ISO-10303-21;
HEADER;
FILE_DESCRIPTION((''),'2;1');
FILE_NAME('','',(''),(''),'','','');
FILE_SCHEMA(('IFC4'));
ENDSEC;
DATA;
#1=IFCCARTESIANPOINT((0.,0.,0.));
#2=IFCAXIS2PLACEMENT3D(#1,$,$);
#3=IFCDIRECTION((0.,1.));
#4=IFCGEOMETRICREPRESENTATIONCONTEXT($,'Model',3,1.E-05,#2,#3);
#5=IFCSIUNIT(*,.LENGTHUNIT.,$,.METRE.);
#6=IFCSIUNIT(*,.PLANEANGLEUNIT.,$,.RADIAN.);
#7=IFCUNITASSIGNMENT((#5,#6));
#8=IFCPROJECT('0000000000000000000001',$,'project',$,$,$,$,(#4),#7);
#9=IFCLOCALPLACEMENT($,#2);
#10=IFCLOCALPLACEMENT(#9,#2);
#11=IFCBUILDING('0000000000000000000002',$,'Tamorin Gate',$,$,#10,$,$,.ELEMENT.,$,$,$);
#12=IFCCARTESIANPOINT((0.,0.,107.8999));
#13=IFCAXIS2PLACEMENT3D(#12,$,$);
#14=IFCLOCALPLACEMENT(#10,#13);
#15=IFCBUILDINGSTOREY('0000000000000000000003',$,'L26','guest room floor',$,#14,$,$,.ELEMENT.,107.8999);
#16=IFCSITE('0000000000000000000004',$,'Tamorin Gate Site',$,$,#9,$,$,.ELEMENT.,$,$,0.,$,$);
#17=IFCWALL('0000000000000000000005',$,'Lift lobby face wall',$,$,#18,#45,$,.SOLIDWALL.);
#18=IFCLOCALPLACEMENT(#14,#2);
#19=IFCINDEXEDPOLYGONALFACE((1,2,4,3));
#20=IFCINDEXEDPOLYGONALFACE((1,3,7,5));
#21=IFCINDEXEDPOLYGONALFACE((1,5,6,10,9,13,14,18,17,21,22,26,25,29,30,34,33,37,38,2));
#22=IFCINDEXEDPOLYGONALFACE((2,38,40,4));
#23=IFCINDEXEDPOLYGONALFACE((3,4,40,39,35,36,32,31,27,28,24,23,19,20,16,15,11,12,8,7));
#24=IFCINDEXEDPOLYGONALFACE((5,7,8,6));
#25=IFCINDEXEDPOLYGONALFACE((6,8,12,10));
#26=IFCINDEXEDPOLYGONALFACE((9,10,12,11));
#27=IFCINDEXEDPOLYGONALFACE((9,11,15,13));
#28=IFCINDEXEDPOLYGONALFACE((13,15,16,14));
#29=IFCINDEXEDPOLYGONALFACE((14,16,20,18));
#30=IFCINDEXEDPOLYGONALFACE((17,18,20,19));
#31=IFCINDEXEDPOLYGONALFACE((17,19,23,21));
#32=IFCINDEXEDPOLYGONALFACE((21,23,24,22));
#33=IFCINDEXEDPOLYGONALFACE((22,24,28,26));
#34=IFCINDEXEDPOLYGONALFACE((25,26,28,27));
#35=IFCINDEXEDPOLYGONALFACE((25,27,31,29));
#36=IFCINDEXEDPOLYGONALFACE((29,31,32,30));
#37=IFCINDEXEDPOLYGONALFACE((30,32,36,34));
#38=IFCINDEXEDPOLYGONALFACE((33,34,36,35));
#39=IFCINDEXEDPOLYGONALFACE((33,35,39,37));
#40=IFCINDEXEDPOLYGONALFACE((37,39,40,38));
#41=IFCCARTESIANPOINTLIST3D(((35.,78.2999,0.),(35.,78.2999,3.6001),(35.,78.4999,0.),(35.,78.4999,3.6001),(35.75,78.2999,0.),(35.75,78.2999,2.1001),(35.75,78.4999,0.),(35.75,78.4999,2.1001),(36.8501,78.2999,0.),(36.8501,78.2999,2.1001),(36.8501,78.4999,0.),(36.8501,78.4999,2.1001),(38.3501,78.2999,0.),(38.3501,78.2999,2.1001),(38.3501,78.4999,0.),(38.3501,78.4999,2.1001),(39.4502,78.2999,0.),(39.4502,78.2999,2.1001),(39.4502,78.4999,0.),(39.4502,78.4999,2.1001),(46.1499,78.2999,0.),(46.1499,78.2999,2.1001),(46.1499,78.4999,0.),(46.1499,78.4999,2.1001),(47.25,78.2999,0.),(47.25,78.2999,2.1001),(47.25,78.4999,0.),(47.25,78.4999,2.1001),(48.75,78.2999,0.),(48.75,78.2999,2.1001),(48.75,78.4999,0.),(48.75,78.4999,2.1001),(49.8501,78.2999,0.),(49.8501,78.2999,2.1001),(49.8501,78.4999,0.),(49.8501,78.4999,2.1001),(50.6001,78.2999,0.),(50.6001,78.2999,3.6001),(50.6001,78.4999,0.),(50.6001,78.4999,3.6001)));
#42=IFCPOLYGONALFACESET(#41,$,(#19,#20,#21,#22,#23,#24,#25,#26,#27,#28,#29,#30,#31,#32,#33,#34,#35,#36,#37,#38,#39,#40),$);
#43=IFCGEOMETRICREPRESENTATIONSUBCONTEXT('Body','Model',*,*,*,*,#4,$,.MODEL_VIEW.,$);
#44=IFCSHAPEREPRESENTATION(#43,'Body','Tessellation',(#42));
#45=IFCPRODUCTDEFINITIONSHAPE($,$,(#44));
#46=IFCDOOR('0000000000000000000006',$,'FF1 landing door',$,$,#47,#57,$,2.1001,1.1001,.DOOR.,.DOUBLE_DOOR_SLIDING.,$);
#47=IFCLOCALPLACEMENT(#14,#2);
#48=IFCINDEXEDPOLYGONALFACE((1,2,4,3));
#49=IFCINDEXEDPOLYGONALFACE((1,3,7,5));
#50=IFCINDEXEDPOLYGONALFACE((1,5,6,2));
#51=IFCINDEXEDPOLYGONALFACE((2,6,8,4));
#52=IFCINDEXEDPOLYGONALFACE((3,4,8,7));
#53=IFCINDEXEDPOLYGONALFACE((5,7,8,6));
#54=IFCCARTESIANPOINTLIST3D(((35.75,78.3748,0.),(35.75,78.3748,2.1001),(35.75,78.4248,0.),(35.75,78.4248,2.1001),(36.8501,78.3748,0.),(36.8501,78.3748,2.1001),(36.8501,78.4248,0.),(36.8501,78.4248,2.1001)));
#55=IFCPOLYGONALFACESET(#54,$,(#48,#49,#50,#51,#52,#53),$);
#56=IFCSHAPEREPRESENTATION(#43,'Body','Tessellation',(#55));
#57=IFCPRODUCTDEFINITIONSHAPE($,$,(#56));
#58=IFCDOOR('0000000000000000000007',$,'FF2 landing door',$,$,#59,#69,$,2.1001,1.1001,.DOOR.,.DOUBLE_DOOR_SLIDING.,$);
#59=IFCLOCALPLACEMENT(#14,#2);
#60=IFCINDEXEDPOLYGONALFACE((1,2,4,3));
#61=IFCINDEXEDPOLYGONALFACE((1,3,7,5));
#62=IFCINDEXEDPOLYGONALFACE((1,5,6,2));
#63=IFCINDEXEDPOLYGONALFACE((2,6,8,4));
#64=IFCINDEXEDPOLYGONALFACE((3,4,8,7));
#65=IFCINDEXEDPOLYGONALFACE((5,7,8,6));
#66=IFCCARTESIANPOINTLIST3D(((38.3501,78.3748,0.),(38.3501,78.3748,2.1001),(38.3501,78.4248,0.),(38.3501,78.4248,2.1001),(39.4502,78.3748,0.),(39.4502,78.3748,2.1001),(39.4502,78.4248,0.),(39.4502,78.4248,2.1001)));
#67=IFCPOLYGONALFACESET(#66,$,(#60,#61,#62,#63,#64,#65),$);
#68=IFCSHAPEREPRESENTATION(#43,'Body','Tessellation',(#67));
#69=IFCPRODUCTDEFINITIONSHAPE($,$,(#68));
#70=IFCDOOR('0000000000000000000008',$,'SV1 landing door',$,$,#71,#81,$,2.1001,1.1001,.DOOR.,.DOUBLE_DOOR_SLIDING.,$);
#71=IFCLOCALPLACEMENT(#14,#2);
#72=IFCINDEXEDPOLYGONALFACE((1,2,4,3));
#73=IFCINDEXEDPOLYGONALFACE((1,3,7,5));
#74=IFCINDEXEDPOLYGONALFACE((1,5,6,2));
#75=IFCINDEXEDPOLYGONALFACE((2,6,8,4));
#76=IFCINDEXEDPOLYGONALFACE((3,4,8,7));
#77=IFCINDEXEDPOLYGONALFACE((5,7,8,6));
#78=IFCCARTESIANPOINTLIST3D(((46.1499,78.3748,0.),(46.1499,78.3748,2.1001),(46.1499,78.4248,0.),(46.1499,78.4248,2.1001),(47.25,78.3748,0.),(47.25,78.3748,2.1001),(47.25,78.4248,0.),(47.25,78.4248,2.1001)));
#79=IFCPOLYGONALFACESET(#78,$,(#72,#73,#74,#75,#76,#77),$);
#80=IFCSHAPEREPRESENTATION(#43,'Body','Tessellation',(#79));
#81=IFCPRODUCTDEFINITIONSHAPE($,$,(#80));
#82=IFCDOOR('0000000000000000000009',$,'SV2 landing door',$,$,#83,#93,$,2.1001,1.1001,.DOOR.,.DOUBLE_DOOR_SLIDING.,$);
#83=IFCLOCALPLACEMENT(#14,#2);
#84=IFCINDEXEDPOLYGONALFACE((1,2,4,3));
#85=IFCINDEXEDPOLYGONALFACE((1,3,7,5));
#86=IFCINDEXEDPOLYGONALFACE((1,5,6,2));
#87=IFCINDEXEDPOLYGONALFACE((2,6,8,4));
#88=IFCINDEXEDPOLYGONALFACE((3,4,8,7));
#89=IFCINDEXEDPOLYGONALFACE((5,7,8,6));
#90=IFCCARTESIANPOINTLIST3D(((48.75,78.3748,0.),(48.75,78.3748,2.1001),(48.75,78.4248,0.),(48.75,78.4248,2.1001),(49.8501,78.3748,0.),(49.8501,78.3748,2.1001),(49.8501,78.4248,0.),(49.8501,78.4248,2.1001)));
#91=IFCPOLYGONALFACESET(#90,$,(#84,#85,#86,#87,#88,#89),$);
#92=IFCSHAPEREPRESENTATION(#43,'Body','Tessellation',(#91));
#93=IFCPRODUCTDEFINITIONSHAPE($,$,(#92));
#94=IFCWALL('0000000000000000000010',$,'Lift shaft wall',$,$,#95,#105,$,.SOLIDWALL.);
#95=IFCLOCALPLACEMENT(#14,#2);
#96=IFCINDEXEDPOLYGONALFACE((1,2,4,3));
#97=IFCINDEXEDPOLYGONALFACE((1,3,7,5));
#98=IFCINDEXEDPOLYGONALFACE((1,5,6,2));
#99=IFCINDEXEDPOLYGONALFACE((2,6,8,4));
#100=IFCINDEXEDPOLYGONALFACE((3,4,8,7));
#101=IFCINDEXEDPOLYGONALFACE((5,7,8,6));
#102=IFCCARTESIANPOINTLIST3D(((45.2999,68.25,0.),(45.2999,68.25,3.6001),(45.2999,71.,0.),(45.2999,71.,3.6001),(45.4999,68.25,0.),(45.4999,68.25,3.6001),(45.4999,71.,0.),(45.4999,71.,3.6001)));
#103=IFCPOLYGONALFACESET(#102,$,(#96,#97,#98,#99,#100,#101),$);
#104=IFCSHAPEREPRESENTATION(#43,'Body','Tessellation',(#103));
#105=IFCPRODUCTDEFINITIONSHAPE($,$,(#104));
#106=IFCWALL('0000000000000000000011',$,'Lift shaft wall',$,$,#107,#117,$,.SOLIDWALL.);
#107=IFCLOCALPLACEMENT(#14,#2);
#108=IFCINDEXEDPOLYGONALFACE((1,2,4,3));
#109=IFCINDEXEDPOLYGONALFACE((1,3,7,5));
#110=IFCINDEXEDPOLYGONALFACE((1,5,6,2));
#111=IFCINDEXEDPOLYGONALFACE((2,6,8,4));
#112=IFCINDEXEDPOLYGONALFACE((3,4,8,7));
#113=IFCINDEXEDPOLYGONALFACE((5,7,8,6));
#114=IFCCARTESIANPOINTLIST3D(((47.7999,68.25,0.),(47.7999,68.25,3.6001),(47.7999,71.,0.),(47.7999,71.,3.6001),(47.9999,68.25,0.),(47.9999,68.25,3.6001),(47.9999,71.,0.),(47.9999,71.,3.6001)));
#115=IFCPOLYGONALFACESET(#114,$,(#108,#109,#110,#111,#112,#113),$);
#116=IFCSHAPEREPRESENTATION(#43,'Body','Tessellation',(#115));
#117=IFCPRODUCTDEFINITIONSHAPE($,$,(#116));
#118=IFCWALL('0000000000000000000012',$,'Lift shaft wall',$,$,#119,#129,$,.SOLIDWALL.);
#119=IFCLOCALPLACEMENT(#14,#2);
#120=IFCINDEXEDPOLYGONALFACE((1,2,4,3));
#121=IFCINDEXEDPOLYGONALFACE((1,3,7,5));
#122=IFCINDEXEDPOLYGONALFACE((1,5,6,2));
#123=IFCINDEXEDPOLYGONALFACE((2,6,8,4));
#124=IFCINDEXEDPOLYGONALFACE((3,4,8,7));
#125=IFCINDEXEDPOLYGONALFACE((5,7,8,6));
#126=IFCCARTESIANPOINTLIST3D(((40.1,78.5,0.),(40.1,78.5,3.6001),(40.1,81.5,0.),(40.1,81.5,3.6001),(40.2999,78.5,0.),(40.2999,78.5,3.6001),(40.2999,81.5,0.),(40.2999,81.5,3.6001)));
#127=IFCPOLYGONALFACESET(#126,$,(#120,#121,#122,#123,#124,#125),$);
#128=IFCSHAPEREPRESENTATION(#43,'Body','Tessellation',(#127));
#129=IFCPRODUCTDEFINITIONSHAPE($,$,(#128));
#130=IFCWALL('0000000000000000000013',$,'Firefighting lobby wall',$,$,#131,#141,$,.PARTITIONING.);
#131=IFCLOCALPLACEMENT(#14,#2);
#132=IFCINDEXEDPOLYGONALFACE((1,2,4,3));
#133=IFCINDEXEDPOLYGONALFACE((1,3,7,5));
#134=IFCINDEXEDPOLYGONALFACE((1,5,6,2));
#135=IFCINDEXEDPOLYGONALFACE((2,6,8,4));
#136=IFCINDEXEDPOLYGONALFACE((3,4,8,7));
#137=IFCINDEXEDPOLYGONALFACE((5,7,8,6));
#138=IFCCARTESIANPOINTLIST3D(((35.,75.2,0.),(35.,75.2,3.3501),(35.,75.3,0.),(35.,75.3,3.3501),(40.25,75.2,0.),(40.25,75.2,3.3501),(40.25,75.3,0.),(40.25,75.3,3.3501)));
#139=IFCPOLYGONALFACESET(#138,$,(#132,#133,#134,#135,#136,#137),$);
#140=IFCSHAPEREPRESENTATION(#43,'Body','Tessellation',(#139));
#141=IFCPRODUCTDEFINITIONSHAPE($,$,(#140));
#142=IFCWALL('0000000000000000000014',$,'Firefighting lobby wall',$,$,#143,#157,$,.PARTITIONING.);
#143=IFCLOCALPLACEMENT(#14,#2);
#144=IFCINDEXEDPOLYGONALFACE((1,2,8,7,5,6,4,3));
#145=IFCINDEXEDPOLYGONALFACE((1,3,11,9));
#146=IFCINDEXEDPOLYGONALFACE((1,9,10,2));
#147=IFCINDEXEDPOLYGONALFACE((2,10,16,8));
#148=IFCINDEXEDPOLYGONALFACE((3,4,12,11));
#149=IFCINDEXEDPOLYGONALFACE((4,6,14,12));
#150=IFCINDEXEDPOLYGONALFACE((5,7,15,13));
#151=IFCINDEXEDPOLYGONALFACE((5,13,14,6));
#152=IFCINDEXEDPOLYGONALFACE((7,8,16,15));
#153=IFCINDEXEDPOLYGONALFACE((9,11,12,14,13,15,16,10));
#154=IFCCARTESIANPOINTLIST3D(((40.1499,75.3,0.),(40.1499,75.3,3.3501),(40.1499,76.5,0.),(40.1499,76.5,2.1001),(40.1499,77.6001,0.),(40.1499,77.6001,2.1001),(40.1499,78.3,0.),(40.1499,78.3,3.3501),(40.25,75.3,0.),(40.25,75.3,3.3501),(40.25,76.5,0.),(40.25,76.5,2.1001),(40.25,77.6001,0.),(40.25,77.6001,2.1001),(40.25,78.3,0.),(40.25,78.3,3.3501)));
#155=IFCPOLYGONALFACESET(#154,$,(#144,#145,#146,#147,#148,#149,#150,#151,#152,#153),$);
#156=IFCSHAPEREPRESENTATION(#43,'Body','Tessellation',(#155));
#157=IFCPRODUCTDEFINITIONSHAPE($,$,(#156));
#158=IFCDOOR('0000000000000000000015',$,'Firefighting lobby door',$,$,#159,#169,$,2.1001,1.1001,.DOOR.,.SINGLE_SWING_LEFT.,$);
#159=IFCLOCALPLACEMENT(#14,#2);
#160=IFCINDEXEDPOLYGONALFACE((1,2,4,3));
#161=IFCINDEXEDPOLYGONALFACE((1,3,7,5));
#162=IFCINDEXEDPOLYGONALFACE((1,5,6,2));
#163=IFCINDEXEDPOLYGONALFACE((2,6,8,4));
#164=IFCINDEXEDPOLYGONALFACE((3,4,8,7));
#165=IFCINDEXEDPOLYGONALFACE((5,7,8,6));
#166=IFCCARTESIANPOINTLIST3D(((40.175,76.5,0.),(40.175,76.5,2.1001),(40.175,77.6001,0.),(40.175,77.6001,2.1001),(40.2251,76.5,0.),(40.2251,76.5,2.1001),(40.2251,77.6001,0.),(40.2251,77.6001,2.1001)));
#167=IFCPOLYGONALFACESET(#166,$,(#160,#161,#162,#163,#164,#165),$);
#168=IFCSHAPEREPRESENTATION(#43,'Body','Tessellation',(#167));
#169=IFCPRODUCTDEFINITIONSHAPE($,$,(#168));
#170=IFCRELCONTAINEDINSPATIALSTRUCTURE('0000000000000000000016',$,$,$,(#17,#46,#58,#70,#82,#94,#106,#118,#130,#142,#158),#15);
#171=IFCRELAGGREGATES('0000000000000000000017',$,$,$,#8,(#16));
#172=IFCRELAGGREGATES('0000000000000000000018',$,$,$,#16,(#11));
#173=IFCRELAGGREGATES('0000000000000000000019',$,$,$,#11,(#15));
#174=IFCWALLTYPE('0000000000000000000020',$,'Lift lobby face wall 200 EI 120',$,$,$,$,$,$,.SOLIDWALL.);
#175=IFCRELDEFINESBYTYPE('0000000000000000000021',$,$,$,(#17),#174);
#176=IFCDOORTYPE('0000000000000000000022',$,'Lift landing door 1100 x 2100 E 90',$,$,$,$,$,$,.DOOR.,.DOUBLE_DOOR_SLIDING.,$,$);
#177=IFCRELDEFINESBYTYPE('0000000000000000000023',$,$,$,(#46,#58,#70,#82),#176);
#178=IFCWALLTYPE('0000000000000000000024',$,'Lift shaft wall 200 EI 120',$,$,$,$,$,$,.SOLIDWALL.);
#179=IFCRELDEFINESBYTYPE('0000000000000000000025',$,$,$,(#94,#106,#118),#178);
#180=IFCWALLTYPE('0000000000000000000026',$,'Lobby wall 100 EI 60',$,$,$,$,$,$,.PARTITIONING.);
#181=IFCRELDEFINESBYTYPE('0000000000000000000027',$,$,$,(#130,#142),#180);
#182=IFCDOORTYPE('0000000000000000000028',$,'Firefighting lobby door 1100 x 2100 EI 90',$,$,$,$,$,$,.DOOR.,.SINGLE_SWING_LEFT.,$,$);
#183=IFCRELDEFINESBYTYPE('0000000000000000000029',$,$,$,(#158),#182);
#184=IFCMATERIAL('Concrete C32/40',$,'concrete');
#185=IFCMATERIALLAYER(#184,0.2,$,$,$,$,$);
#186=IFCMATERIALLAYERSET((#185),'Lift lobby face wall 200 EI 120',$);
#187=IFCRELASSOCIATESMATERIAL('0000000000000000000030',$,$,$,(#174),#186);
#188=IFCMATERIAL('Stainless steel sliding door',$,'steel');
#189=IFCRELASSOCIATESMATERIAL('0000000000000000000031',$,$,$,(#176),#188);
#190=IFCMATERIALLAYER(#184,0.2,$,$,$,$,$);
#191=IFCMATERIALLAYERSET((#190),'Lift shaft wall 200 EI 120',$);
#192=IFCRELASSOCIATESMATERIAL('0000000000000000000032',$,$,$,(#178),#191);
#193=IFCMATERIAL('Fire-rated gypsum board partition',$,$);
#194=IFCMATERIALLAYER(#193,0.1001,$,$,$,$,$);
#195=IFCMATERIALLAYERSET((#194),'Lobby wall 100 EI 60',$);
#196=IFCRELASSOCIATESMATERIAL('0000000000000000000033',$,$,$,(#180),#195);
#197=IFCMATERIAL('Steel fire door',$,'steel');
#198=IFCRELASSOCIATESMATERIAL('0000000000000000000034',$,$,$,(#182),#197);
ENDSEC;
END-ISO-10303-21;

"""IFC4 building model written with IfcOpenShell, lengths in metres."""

from ifc_helpers import new_model, si_unit, direction, frame, frame_2d, origin, place, context, subcontext, project, spatial, rectangle, extrude, material, layer, layer_set, type_object, element, fill, save


model = new_model("IFC4")

# Units and contexts
model_context = context("Model", 3, precision=1e-05, world=origin(), true_north=direction((0.0, 1.0)))
body_context = subcontext(model_context, "Body", "Model", "MODEL_VIEW")
ifc_project = project(units=[si_unit("LENGTHUNIT", "METRE"), si_unit("PLANEANGLEUNIT", "RADIAN")], contexts=[model_context])

# Site, building, storey
site_placement = place(None, origin())
site = spatial("IfcSite", under=ifc_project, at=site_placement, Name="Tamorin Gate Site", CompositionType="ELEMENT", RefElevation=0.0)
building_placement = place(site_placement, origin())
building = spatial("IfcBuilding", under=site, at=building_placement, Name="Tamorin Gate", CompositionType="ELEMENT")
storey_placement = place(building_placement, frame((0.0, 0.0, 107.8999)))
storey = spatial("IfcBuildingStorey", under=building, at=storey_placement, Name="L26", Description="guest room floor", CompositionType="ELEMENT", Elevation=107.8999)

# Wall, openings, doors
ifc_material_1 = material(Name="Concrete C32/40", Category="concrete")
ifc_layer_1 = layer(ifc_material_1, 0.2)
ifc_layer_set_1 = layer_set([ifc_layer_1], Name="Lift lobby face wall 200 EI 120")
wall_type_1 = type_object("IfcWallType", Name="Lift lobby face wall 200 EI 120", PredefinedType="SOLIDWALL", material=ifc_layer_set_1)
wall_1_placement = place(storey_placement, frame((35.0, 78.3999, 0.0), z_axis=(0.0, 0.0, 1.0), x_axis=(1.0, 0.0, 0.0)))
wall_1 = element("IfcWall", 1, at=wall_1_placement, inside=storey, type_object=wall_type_1, Name="Lift lobby face wall", PredefinedType="SOLIDWALL", context=body_context, shape_type="SweptSolid", body=[
    extrude(rectangle(XDim=15.6001, YDim=0.2, at=frame_2d((7.8, 0.0))), origin(), (0.0, 0.0, 1.0), 3.6001),
])
opening_1_placement = place(wall_1_placement, frame((0.75, 0.0, 0.0)))
opening_1 = element("IfcOpeningElement", 2, at=opening_1_placement, cuts=wall_1, PredefinedType="OPENING", context=body_context, shape_type="SweptSolid", body=[
    extrude(rectangle(XDim=1.1001, YDim=2.1001, at=frame_2d((0.55, 1.05))), frame((0.0, 0.1099, 0.0), z_axis=(0.0, -1.0, 0.0), x_axis=(1.0, 0.0, 0.0)), (0.0, 0.0, 1.0), 0.22),
])
opening_2_placement = place(wall_1_placement, frame((3.3501, 0.0, 0.0)))
opening_2 = element("IfcOpeningElement", 3, at=opening_2_placement, cuts=wall_1, PredefinedType="OPENING", context=body_context, shape_type="SweptSolid", body=[
    extrude(rectangle(XDim=1.1001, YDim=2.1001, at=frame_2d((0.55, 1.05))), frame((0.0, 0.1099, 0.0), z_axis=(0.0, -1.0, 0.0), x_axis=(1.0, 0.0, 0.0)), (0.0, 0.0, 1.0), 0.22),
])
opening_3_placement = place(wall_1_placement, frame((11.1499, 0.0, 0.0)))
opening_3 = element("IfcOpeningElement", 4, at=opening_3_placement, cuts=wall_1, PredefinedType="OPENING", context=body_context, shape_type="SweptSolid", body=[
    extrude(rectangle(XDim=1.1001, YDim=2.1001, at=frame_2d((0.55, 1.05))), frame((0.0, 0.1099, 0.0), z_axis=(0.0, -1.0, 0.0), x_axis=(1.0, 0.0, 0.0)), (0.0, 0.0, 1.0), 0.22),
])
opening_4_placement = place(wall_1_placement, frame((13.75, 0.0, 0.0)))
opening_4 = element("IfcOpeningElement", 5, at=opening_4_placement, cuts=wall_1, PredefinedType="OPENING", context=body_context, shape_type="SweptSolid", body=[
    extrude(rectangle(XDim=1.1001, YDim=2.1001, at=frame_2d((0.55, 1.05))), frame((0.0, 0.1099, 0.0), z_axis=(0.0, -1.0, 0.0), x_axis=(1.0, 0.0, 0.0)), (0.0, 0.0, 1.0), 0.22),
])
ifc_material_2 = material(Name="Stainless steel sliding door", Category="steel")
door_type_1 = type_object("IfcDoorType", Name="Lift landing door 1100 x 2100 E 90", OperationType="DOUBLE_DOOR_SLIDING", PredefinedType="DOOR", material=ifc_material_2)
door_1_placement = place(opening_1_placement, origin())
door_1 = element("IfcDoor", 6, at=door_1_placement, inside=storey, type_object=door_type_1, Name="FF1 landing door", OperationType="DOUBLE_DOOR_SLIDING", OverallHeight=2.1001, OverallWidth=1.1001, PredefinedType="DOOR", context=body_context, shape_type="SweptSolid", body=[
    extrude(rectangle(XDim=1.1001, YDim=2.1001, at=frame_2d((0.55, 1.05))), frame((0.0, 0.0249, 0.0), z_axis=(0.0, -1.0, 0.0), x_axis=(1.0, 0.0, 0.0)), (0.0, 0.0, 1.0), 0.05),
])
fill(opening_1, door_1)
door_2_placement = place(opening_2_placement, origin())
door_2 = element("IfcDoor", 7, at=door_2_placement, inside=storey, type_object=door_type_1, Name="FF2 landing door", OperationType="DOUBLE_DOOR_SLIDING", OverallHeight=2.1001, OverallWidth=1.1001, PredefinedType="DOOR", context=body_context, shape_type="SweptSolid", body=[
    extrude(rectangle(XDim=1.1001, YDim=2.1001, at=frame_2d((0.55, 1.05))), frame((0.0, 0.0249, 0.0), z_axis=(0.0, -1.0, 0.0), x_axis=(1.0, 0.0, 0.0)), (0.0, 0.0, 1.0), 0.05),
])
fill(opening_2, door_2)
door_3_placement = place(opening_3_placement, origin())
door_3 = element("IfcDoor", 8, at=door_3_placement, inside=storey, type_object=door_type_1, Name="SV1 landing door", OperationType="DOUBLE_DOOR_SLIDING", OverallHeight=2.1001, OverallWidth=1.1001, PredefinedType="DOOR", context=body_context, shape_type="SweptSolid", body=[
    extrude(rectangle(XDim=1.1001, YDim=2.1001, at=frame_2d((0.55, 1.05))), frame((0.0, 0.0249, 0.0), z_axis=(0.0, -1.0, 0.0), x_axis=(1.0, 0.0, 0.0)), (0.0, 0.0, 1.0), 0.05),
])
fill(opening_3, door_3)
door_4_placement = place(opening_4_placement, origin())
door_4 = element("IfcDoor", 9, at=door_4_placement, inside=storey, type_object=door_type_1, Name="SV2 landing door", OperationType="DOUBLE_DOOR_SLIDING", OverallHeight=2.1001, OverallWidth=1.1001, PredefinedType="DOOR", context=body_context, shape_type="SweptSolid", body=[
    extrude(rectangle(XDim=1.1001, YDim=2.1001, at=frame_2d((0.55, 1.05))), frame((0.0, 0.0249, 0.0), z_axis=(0.0, -1.0, 0.0), x_axis=(1.0, 0.0, 0.0)), (0.0, 0.0, 1.0), 0.05),
])
fill(opening_4, door_4)

# Walls
ifc_layer_2 = layer(ifc_material_1, 0.2)
ifc_layer_set_2 = layer_set([ifc_layer_2], Name="Lift shaft wall 200 EI 120")
wall_type_2 = type_object("IfcWallType", Name="Lift shaft wall 200 EI 120", PredefinedType="SOLIDWALL", material=ifc_layer_set_2)
for number, where, z_axis, x_axis, name in (
    (10, (45.3999, 68.25, 0.0), (0.0, 0.0, 1.0), (0.0, 1.0, 0.0), "Lift shaft wall"),
    (11, (47.8999, 68.25, 0.0), (0.0, 0.0, 1.0), (0.0, 1.0, 0.0), "Lift shaft wall"),
):
    element("IfcWall", number, at=place(storey_placement, frame(where, z_axis=z_axis, x_axis=x_axis)), inside=storey, type_object=wall_type_2, Name=name, PredefinedType="SOLIDWALL", context=body_context, shape_type="SweptSolid", body=[
        extrude(rectangle(XDim=2.75, YDim=0.2, at=frame_2d((1.375, 0.0))), origin(), (0.0, 0.0, 1.0), 3.6001),
    ])
wall_2_placement = place(storey_placement, frame((40.2, 78.5, 0.0), z_axis=(0.0, 0.0, 1.0), x_axis=(0.0, 1.0, 0.0)))
element("IfcWall", 12, at=wall_2_placement, inside=storey, type_object=wall_type_2, Name="Lift shaft wall", PredefinedType="SOLIDWALL", context=body_context, shape_type="SweptSolid", body=[
    extrude(rectangle(XDim=3.0, YDim=0.2, at=frame_2d((1.5, 0.0))), origin(), (0.0, 0.0, 1.0), 3.6001),
])
ifc_material_3 = material(Name="Fire-rated gypsum board partition")
ifc_layer_3 = layer(ifc_material_3, 0.1001)
ifc_layer_set_3 = layer_set([ifc_layer_3], Name="Lobby wall 100 EI 60")
wall_type_3 = type_object("IfcWallType", Name="Lobby wall 100 EI 60", PredefinedType="PARTITIONING", material=ifc_layer_set_3)
wall_3_placement = place(storey_placement, frame((35.0, 75.25, 0.0), z_axis=(0.0, 0.0, 1.0), x_axis=(1.0, 0.0, 0.0)))
element("IfcWall", 13, at=wall_3_placement, inside=storey, type_object=wall_type_3, Name="Firefighting lobby wall", PredefinedType="PARTITIONING", context=body_context, shape_type="SweptSolid", body=[
    extrude(rectangle(XDim=5.25, YDim=0.1001, at=frame_2d((2.625, 0.0))), origin(), (0.0, 0.0, 1.0), 3.3501),
])

# Wall, opening, door
wall_4_placement = place(storey_placement, frame((40.2, 75.3, 0.0), z_axis=(0.0, 0.0, 1.0), x_axis=(0.0, 1.0, 0.0)))
wall_4 = element("IfcWall", 14, at=wall_4_placement, inside=storey, type_object=wall_type_3, Name="Firefighting lobby wall", PredefinedType="PARTITIONING", context=body_context, shape_type="SweptSolid", body=[
    extrude(rectangle(XDim=3.0, YDim=0.1001, at=frame_2d((1.5, 0.0))), origin(), (0.0, 0.0, 1.0), 3.3501),
])
opening_5_placement = place(wall_4_placement, frame((1.2, 0.0, 0.0)))
opening_5 = element("IfcOpeningElement", 15, at=opening_5_placement, cuts=wall_4, PredefinedType="OPENING", context=body_context, shape_type="SweptSolid", body=[
    extrude(rectangle(XDim=1.1001, YDim=2.1001, at=frame_2d((0.55, 1.05))), frame((0.0, 0.0601, 0.0), z_axis=(0.0, -1.0, 0.0), x_axis=(1.0, 0.0, 0.0)), (0.0, 0.0, 1.0), 0.1201),
])
ifc_material_4 = material(Name="Steel fire door", Category="steel")
door_type_2 = type_object("IfcDoorType", Name="Firefighting lobby door 1100 x 2100 EI 90", OperationType="SINGLE_SWING_LEFT", PredefinedType="DOOR", material=ifc_material_4)
door_5_placement = place(opening_5_placement, origin())
door_5 = element("IfcDoor", 16, at=door_5_placement, inside=storey, type_object=door_type_2, Name="Firefighting lobby door", OperationType="SINGLE_SWING_LEFT", OverallHeight=2.1001, OverallWidth=1.1001, PredefinedType="DOOR", context=body_context, shape_type="SweptSolid", body=[
    extrude(rectangle(XDim=1.1001, YDim=2.1001, at=frame_2d((0.55, 1.05))), frame((0.0, 0.0249, 0.0), z_axis=(0.0, -1.0, 0.0), x_axis=(1.0, 0.0, 0.0)), (0.0, 0.0, 1.0), 0.05),
])
fill(opening_5, door_5)

save(model, "model.ifc")
